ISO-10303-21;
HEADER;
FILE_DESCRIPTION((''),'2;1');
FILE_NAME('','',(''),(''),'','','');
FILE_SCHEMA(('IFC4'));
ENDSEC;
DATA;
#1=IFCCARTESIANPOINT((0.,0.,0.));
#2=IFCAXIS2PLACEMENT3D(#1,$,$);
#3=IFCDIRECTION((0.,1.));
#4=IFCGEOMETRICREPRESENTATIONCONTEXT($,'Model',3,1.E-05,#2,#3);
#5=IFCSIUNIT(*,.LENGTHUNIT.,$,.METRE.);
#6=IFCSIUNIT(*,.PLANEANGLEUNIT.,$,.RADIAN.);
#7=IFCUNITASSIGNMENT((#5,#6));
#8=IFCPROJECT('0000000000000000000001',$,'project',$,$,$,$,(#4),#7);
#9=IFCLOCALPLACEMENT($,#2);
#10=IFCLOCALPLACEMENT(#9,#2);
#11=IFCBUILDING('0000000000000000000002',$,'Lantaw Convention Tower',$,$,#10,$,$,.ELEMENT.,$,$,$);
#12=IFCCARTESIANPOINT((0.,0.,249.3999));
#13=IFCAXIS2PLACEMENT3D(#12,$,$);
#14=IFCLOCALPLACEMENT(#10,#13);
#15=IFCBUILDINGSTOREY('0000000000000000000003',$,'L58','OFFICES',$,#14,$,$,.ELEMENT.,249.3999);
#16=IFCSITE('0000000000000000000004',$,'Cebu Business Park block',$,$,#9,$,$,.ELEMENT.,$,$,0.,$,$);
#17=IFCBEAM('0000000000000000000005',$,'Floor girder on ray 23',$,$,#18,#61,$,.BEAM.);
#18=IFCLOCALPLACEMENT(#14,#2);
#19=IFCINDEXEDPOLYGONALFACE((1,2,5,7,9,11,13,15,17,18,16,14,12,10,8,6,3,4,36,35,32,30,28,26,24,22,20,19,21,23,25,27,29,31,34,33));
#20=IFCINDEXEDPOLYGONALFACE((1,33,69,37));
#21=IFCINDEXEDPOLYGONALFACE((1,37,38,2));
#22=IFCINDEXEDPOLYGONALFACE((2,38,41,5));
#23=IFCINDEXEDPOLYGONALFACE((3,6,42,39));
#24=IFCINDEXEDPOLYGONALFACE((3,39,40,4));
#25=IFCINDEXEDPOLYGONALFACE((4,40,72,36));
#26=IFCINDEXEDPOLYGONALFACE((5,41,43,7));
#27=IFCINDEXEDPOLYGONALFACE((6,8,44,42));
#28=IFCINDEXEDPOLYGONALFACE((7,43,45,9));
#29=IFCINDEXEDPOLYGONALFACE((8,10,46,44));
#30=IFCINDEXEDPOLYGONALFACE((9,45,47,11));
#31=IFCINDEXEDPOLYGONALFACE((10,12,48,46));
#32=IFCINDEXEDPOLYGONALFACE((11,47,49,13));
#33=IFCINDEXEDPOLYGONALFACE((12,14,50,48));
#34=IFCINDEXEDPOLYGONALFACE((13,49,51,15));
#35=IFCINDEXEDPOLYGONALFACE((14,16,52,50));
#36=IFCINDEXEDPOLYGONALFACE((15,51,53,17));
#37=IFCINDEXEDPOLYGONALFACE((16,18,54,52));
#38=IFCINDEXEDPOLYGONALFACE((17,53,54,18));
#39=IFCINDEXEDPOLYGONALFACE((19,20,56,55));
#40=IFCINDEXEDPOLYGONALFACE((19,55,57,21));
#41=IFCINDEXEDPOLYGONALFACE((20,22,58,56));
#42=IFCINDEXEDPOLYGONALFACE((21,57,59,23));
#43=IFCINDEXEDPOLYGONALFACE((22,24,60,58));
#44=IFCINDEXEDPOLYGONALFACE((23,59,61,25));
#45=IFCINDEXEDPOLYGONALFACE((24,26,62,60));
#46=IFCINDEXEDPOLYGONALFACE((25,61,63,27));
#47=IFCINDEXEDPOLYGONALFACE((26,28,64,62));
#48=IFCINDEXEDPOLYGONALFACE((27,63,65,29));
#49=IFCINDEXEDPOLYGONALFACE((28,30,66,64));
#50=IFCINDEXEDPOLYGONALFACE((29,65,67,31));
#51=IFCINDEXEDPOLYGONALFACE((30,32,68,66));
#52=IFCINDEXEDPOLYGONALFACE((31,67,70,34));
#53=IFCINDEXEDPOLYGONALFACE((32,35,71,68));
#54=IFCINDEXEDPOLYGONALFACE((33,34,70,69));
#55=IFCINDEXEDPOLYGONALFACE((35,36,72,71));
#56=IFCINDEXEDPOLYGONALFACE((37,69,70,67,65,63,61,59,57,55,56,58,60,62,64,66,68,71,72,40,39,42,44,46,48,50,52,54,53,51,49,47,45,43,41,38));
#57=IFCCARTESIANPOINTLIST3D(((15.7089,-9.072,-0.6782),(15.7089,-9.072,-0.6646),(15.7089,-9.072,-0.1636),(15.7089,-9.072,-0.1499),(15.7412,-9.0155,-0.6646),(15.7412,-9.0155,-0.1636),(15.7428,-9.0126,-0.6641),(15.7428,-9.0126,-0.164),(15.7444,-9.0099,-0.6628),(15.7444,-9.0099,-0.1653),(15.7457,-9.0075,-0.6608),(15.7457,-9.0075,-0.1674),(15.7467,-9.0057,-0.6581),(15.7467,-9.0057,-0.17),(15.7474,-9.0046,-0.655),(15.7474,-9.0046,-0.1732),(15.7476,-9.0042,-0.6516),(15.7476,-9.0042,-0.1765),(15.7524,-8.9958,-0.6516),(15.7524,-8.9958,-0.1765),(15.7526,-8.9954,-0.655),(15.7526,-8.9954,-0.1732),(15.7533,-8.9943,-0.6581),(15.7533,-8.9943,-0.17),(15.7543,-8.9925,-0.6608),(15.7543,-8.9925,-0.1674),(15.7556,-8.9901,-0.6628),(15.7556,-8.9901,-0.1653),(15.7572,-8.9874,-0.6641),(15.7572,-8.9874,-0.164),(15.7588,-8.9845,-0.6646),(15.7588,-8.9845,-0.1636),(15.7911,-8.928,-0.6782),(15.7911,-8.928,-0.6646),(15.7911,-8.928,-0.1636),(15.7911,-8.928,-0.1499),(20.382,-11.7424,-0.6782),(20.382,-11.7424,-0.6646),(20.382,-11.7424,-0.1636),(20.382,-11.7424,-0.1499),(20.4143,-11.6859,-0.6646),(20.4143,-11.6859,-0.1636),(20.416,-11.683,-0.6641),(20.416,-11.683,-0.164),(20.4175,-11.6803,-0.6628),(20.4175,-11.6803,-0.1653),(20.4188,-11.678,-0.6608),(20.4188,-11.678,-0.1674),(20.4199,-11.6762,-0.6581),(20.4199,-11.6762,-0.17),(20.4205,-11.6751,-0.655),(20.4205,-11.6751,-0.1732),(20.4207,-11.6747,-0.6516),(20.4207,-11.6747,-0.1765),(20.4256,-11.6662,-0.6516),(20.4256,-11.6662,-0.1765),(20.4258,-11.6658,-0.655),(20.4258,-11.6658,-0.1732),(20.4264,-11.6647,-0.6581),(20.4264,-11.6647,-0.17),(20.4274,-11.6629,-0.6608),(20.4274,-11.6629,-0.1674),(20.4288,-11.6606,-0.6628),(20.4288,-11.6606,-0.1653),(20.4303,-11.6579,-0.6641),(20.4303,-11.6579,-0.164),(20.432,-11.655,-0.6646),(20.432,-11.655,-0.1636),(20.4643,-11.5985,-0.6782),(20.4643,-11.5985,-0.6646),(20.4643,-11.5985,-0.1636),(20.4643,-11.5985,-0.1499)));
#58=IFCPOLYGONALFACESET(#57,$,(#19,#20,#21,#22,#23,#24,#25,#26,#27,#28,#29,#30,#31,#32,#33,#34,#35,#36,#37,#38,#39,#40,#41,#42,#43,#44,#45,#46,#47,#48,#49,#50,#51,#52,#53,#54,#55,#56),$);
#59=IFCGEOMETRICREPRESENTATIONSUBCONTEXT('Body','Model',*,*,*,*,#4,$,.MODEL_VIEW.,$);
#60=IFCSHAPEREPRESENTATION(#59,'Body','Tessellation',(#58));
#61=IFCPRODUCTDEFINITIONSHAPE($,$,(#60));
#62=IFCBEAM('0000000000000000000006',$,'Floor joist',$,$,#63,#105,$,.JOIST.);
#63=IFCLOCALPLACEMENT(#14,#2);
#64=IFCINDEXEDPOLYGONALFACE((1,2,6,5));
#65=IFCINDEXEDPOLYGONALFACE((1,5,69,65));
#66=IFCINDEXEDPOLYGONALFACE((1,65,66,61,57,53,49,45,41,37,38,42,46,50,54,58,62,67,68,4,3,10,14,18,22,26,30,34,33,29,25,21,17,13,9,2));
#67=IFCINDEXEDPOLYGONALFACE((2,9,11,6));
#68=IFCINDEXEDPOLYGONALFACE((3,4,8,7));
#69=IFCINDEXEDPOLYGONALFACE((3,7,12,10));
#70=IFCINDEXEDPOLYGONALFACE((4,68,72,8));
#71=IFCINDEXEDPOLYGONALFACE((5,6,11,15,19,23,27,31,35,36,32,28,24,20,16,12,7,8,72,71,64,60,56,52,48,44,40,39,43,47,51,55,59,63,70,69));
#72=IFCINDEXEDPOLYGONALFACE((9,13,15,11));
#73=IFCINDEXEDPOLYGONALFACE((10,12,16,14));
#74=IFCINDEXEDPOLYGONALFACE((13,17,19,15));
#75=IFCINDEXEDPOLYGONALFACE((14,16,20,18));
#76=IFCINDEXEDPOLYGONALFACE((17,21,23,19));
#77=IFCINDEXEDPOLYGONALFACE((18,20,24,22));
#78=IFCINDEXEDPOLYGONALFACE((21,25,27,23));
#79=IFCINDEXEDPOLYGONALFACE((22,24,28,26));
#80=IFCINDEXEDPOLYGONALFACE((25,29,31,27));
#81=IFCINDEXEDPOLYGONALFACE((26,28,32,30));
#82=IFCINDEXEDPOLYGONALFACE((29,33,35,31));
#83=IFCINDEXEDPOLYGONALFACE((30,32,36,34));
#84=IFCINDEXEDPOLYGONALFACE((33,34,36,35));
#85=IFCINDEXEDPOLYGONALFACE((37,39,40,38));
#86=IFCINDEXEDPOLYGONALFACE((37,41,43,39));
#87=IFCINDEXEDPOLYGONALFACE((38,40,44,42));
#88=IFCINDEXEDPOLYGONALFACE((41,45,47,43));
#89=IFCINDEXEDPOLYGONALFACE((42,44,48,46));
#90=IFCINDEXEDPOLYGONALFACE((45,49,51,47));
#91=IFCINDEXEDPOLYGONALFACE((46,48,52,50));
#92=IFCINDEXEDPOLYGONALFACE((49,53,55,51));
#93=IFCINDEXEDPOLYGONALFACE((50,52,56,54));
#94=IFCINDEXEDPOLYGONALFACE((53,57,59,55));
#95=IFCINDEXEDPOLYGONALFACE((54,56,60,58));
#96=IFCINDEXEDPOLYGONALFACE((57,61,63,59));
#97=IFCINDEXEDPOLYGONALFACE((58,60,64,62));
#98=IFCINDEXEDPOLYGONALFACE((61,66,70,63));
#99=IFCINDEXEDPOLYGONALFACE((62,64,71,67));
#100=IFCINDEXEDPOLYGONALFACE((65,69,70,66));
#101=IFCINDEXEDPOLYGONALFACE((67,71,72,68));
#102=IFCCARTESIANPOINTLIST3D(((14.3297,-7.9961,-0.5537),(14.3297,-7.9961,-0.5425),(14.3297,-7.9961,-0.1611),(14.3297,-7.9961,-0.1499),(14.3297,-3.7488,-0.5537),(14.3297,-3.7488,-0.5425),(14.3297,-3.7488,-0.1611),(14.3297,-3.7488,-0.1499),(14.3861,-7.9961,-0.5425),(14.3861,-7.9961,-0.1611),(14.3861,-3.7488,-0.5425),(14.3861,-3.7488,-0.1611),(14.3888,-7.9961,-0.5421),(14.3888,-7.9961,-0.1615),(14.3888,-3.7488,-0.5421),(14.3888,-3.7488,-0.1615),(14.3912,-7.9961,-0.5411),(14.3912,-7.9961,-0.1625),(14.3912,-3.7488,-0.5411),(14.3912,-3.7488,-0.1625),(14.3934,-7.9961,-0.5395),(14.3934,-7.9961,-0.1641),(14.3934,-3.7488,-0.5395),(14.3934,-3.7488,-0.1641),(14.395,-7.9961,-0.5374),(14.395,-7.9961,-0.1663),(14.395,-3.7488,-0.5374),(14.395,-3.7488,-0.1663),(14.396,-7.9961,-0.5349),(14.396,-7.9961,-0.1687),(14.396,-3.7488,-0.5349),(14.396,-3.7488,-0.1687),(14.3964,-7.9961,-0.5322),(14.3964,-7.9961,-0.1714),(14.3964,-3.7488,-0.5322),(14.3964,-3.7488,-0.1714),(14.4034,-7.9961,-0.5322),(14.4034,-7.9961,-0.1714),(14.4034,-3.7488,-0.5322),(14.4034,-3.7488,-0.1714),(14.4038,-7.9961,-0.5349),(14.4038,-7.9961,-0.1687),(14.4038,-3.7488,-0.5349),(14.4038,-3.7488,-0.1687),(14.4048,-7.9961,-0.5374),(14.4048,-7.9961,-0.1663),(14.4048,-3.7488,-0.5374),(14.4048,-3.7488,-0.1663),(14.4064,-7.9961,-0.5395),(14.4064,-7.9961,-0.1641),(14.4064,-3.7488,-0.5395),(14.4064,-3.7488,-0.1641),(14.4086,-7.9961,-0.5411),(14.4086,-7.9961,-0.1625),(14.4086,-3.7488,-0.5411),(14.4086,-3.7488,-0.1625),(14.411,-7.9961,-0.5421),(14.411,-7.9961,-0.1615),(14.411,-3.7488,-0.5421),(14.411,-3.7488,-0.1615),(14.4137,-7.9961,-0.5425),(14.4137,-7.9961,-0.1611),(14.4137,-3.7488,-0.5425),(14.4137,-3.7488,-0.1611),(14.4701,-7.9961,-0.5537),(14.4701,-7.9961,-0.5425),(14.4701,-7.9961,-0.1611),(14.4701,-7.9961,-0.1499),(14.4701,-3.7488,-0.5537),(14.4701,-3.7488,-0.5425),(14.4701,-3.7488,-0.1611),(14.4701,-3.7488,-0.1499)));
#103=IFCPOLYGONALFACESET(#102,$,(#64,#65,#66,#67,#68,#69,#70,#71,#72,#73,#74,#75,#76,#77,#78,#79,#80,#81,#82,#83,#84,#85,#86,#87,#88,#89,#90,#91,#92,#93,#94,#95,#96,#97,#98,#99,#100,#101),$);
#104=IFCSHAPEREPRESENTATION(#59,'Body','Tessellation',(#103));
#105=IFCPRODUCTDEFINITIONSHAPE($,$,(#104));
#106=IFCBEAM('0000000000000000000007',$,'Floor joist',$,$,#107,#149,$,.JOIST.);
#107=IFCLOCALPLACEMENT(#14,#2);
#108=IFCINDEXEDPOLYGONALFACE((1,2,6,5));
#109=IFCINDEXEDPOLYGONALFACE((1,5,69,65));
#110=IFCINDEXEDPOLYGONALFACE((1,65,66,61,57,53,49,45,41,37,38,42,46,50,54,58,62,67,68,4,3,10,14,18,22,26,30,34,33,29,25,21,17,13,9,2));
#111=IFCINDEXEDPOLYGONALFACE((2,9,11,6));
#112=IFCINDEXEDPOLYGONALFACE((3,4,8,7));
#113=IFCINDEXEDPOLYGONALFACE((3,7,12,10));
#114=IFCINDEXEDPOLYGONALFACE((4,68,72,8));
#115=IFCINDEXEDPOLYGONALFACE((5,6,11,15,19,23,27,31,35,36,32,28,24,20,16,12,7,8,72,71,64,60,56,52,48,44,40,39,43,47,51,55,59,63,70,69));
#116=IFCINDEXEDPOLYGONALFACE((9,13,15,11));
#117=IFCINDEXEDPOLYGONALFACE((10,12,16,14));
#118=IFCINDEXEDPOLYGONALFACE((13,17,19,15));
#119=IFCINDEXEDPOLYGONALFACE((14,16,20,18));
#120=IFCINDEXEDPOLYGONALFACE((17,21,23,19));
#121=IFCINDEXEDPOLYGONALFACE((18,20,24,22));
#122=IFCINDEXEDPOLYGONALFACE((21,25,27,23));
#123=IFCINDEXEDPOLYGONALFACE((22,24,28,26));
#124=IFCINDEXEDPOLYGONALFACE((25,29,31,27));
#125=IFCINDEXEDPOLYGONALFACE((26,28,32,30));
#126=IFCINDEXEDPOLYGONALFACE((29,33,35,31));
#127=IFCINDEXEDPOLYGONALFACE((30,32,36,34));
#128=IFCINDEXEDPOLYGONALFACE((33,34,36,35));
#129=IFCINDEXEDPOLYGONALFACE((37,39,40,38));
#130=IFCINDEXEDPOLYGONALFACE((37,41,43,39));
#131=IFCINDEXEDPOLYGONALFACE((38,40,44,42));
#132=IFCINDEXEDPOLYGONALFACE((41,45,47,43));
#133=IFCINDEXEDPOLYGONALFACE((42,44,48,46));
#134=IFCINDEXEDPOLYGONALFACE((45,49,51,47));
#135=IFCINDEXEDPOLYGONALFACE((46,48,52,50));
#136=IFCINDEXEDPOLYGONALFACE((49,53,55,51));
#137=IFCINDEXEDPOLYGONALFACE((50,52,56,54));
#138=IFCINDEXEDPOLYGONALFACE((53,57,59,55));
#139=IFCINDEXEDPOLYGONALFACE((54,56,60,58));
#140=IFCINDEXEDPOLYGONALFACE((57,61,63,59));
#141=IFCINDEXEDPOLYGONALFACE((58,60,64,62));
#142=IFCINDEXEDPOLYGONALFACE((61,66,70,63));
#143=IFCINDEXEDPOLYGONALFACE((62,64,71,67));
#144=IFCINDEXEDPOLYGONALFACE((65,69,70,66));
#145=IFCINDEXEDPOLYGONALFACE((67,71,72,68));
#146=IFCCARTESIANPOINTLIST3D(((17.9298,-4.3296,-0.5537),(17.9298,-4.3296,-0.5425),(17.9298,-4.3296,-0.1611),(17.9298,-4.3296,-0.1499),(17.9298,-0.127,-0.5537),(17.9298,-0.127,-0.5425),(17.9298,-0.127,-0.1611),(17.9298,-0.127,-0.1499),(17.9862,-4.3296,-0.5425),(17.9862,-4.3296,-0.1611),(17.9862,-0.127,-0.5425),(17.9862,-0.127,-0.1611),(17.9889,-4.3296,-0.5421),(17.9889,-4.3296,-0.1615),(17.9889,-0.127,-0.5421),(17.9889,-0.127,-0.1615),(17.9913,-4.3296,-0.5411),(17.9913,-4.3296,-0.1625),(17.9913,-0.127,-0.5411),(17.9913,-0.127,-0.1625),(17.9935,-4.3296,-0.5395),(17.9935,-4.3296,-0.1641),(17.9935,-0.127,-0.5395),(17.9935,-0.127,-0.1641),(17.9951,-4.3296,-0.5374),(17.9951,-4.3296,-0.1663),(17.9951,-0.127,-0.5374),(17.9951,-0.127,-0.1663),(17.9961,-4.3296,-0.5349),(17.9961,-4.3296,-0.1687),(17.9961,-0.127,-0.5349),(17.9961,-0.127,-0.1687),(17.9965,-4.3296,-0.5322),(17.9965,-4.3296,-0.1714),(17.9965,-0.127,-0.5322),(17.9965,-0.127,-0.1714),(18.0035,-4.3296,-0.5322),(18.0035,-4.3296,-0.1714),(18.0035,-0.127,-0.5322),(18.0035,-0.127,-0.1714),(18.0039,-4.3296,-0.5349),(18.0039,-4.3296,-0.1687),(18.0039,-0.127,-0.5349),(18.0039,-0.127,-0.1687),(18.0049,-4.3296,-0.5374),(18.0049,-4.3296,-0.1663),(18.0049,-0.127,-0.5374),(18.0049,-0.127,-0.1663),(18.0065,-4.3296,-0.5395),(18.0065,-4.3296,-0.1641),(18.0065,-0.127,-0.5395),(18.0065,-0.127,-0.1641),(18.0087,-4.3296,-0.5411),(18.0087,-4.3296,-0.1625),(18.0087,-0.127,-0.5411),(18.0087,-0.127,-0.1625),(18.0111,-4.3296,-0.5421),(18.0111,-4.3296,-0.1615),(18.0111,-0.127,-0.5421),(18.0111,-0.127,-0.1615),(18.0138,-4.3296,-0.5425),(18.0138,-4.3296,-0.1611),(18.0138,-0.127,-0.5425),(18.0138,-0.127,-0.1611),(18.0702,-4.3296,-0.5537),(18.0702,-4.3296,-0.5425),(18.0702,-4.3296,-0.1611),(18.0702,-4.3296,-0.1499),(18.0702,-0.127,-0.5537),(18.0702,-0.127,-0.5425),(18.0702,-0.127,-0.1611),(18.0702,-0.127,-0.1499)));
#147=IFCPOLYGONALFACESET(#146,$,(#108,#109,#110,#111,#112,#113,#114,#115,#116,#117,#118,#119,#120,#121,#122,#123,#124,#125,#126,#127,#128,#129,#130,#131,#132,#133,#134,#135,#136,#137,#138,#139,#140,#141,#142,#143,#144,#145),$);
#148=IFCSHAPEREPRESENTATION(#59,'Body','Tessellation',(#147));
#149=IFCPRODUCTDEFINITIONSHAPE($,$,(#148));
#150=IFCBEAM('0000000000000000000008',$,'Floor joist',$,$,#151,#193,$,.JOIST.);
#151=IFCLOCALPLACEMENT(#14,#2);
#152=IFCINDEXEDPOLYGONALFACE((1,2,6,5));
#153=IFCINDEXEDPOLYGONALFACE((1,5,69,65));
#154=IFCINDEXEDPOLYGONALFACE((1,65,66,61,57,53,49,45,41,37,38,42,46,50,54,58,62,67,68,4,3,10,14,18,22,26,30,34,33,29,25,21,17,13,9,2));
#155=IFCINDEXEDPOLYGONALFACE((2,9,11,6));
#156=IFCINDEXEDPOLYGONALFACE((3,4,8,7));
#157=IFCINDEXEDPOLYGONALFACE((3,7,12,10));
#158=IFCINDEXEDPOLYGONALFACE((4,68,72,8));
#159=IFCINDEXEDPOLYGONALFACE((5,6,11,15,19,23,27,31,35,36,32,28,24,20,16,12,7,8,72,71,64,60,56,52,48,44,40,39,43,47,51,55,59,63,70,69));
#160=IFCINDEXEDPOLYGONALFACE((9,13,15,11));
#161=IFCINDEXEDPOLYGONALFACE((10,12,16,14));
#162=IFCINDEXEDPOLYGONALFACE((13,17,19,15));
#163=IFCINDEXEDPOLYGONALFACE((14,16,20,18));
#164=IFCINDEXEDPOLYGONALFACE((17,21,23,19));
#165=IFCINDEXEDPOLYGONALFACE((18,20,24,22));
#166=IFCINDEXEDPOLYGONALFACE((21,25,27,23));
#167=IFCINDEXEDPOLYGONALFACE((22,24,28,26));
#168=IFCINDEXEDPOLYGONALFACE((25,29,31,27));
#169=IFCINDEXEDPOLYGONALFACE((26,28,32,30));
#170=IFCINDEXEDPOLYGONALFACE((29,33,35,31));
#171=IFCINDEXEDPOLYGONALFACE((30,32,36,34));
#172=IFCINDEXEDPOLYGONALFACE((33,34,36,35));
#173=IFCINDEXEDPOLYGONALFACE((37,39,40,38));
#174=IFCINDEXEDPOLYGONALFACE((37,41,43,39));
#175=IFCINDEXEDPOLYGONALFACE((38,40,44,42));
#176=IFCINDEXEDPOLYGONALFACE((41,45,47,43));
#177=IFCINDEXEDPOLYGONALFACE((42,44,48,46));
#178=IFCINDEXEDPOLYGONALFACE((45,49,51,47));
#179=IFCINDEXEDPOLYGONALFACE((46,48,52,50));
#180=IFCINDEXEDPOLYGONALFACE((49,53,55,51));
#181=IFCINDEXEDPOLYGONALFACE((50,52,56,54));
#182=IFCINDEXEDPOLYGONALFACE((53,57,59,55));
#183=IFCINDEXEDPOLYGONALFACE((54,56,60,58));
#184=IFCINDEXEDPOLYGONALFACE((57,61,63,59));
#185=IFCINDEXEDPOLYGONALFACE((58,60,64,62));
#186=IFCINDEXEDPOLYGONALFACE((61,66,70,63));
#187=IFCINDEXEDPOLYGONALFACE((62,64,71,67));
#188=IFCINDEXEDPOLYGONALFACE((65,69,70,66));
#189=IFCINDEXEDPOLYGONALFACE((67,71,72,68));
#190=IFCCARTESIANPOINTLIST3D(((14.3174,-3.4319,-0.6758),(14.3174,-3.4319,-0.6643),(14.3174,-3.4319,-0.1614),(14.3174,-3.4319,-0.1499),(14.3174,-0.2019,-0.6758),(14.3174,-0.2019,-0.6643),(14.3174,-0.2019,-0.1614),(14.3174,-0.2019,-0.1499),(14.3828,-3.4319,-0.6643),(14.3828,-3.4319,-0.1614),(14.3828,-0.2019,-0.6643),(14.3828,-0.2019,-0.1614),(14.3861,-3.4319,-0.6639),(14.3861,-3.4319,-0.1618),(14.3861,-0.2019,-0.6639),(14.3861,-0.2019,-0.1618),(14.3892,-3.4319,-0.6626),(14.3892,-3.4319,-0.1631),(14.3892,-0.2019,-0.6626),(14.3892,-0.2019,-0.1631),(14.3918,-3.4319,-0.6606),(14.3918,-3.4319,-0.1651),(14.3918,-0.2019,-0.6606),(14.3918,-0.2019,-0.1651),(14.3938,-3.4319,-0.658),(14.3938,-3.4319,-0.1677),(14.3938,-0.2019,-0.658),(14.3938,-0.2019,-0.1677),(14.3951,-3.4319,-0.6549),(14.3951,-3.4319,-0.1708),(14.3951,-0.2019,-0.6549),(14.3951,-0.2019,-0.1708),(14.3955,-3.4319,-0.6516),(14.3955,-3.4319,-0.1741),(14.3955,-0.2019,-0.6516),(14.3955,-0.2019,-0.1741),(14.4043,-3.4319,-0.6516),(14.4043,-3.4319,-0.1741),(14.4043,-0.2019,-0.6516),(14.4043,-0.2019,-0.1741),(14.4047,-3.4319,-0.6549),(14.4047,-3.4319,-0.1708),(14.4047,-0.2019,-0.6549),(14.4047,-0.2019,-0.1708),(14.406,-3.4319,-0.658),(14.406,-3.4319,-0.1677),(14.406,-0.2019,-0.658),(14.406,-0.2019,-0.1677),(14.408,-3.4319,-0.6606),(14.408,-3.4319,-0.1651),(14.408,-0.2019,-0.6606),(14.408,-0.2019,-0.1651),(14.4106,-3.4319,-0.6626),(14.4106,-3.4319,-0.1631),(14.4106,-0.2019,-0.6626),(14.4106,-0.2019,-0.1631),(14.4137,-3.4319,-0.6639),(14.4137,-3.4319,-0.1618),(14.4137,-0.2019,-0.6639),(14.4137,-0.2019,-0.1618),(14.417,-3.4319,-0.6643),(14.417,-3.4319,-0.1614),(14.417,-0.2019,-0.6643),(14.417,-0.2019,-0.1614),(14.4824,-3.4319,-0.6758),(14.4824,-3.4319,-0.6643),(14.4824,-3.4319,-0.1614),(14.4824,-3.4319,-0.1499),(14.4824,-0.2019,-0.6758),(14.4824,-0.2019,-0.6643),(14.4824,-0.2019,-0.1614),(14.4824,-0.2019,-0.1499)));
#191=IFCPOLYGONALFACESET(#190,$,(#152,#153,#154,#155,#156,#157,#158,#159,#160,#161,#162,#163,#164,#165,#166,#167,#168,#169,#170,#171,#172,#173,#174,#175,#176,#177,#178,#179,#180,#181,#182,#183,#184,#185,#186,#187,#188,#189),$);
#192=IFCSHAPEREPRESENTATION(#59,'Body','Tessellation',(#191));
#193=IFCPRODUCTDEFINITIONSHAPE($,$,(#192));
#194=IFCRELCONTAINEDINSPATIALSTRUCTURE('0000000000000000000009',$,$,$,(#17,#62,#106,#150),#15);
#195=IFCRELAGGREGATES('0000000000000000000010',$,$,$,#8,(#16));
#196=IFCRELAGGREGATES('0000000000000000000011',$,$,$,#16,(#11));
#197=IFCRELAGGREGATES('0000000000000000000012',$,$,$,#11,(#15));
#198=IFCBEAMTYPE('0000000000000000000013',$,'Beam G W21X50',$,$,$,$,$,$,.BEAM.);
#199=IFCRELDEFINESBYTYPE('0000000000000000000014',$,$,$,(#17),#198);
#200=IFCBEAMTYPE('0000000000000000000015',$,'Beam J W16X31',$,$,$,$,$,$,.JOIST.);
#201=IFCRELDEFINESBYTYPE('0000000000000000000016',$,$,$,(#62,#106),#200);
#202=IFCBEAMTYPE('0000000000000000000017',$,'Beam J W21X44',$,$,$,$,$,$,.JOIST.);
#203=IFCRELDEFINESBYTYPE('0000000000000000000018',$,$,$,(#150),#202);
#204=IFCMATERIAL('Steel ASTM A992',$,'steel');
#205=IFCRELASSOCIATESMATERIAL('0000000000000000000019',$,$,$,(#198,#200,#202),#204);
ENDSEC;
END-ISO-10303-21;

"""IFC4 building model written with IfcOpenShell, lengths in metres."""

from ifc_helpers import new_model, si_unit, direction, frame, origin, origin_2d, place, context, subcontext, project, spatial, i_section, extrude, material, material_profile, profile_set, type_object, element, save


model = new_model("IFC4")

# Units and contexts
model_context = context("Model", 3, precision=1e-05, world=origin(), true_north=direction((0.0, 1.0)))
body_context = subcontext(model_context, "Body", "Model", "MODEL_VIEW")
ifc_project = project(units=[si_unit("LENGTHUNIT", "METRE"), si_unit("PLANEANGLEUNIT", "RADIAN")], contexts=[model_context])

# Site, building, storey
site_placement = place(None, origin())
site = spatial("IfcSite", under=ifc_project, at=site_placement, Name="Cebu Business Park block", CompositionType="ELEMENT", RefElevation=0.0)
building_placement = place(site_placement, origin())
building = spatial("IfcBuilding", under=site, at=building_placement, Name="Lantaw Convention Tower", CompositionType="ELEMENT")
storey_placement = place(building_placement, frame((0.0, 0.0, 249.3999)))
storey = spatial("IfcBuildingStorey", under=building, at=storey_placement, Name="L58", Description="OFFICES", CompositionType="ELEMENT", Elevation=249.3999)

# Beams
ifc_material_1 = material(Name="Steel ASTM A992", Category="steel")
ifc_material_profile_1 = material_profile(ifc_material_1, i_section(OverallWidth=0.1658, OverallDepth=0.5283, WebThickness=0.0098, FlangeThickness=0.0137, FilletRadius=0.0129, at=origin_2d()), Name="W21X50")
ifc_profile_set_1 = profile_set([ifc_material_profile_1], Name="Steel ASTM A992")
beam_type_1 = type_object("IfcBeamType", Name="Beam G W21X50", PredefinedType="BEAM", material=ifc_profile_set_1)
beam_1_placement = place(storey_placement, frame((15.75, -9.0, -0.4141), z_axis=(0.868238, -0.496149, 0.0), x_axis=(0.496149, 0.868238, 0.0)))
element("IfcBeam", 1, at=beam_1_placement, inside=storey, type_object=beam_type_1, Name="Floor girder on ray 23", PredefinedType="BEAM", context=body_context, shape_type="SweptSolid", body=[
    extrude(i_section(OverallWidth=0.1658, OverallDepth=0.5283, WebThickness=0.0098, FlangeThickness=0.0137, FilletRadius=0.0129, at=origin_2d()), origin(), (0.0, 0.0, 1.0), 5.3823),
])
ifc_material_profile_2 = material_profile(ifc_material_1, i_section(OverallWidth=0.1404, OverallDepth=0.4038, WebThickness=0.0071, FlangeThickness=0.0112, FilletRadius=0.0103, at=origin_2d()), Name="W16X31")
ifc_profile_set_2 = profile_set([ifc_material_profile_2], Name="Steel ASTM A992")
beam_type_2 = type_object("IfcBeamType", Name="Beam J W16X31", PredefinedType="JOIST", material=ifc_profile_set_2)
beam_2_placement = place(storey_placement, frame((14.3999, -7.9961, -0.3518), z_axis=(0.0, 1.0, 0.0), x_axis=(-1.0, 0.0, 0.0)))
element("IfcBeam", 2, at=beam_2_placement, inside=storey, type_object=beam_type_2, Name="Floor joist", PredefinedType="JOIST", context=body_context, shape_type="SweptSolid", body=[
    extrude(i_section(OverallWidth=0.1404, OverallDepth=0.4038, WebThickness=0.0071, FlangeThickness=0.0112, FilletRadius=0.0103, at=origin_2d()), origin(), (0.0, 0.0, 1.0), 4.2473),
])
beam_3_placement = place(storey_placement, frame((18.0, -4.3296, -0.3518), z_axis=(0.0, 1.0, 0.0), x_axis=(-1.0, 0.0, 0.0)))
element("IfcBeam", 3, at=beam_3_placement, inside=storey, type_object=beam_type_2, Name="Floor joist", PredefinedType="JOIST", context=body_context, shape_type="SweptSolid", body=[
    extrude(i_section(OverallWidth=0.1404, OverallDepth=0.4038, WebThickness=0.0071, FlangeThickness=0.0112, FilletRadius=0.0103, at=origin_2d()), origin(), (0.0, 0.0, 1.0), 4.2026),
])
ifc_material_profile_3 = material_profile(ifc_material_1, i_section(OverallWidth=0.165, OverallDepth=0.5259, WebThickness=0.0088, FlangeThickness=0.0115, FilletRadius=0.0127, at=origin_2d()), Name="W21X44")
ifc_profile_set_3 = profile_set([ifc_material_profile_3], Name="Steel ASTM A992")
beam_type_3 = type_object("IfcBeamType", Name="Beam J W21X44", PredefinedType="JOIST", material=ifc_profile_set_3)
beam_4_placement = place(storey_placement, frame((14.3999, -3.4319, -0.4128), z_axis=(0.0, 1.0, 0.0), x_axis=(-1.0, 0.0, 0.0)))
element("IfcBeam", 4, at=beam_4_placement, inside=storey, type_object=beam_type_3, Name="Floor joist", PredefinedType="JOIST", context=body_context, shape_type="SweptSolid", body=[
    extrude(i_section(OverallWidth=0.165, OverallDepth=0.5259, WebThickness=0.0088, FlangeThickness=0.0115, FilletRadius=0.0127, at=origin_2d()), origin(), (0.0, 0.0, 1.0), 3.23),
])

save(model, "model.ifc")
